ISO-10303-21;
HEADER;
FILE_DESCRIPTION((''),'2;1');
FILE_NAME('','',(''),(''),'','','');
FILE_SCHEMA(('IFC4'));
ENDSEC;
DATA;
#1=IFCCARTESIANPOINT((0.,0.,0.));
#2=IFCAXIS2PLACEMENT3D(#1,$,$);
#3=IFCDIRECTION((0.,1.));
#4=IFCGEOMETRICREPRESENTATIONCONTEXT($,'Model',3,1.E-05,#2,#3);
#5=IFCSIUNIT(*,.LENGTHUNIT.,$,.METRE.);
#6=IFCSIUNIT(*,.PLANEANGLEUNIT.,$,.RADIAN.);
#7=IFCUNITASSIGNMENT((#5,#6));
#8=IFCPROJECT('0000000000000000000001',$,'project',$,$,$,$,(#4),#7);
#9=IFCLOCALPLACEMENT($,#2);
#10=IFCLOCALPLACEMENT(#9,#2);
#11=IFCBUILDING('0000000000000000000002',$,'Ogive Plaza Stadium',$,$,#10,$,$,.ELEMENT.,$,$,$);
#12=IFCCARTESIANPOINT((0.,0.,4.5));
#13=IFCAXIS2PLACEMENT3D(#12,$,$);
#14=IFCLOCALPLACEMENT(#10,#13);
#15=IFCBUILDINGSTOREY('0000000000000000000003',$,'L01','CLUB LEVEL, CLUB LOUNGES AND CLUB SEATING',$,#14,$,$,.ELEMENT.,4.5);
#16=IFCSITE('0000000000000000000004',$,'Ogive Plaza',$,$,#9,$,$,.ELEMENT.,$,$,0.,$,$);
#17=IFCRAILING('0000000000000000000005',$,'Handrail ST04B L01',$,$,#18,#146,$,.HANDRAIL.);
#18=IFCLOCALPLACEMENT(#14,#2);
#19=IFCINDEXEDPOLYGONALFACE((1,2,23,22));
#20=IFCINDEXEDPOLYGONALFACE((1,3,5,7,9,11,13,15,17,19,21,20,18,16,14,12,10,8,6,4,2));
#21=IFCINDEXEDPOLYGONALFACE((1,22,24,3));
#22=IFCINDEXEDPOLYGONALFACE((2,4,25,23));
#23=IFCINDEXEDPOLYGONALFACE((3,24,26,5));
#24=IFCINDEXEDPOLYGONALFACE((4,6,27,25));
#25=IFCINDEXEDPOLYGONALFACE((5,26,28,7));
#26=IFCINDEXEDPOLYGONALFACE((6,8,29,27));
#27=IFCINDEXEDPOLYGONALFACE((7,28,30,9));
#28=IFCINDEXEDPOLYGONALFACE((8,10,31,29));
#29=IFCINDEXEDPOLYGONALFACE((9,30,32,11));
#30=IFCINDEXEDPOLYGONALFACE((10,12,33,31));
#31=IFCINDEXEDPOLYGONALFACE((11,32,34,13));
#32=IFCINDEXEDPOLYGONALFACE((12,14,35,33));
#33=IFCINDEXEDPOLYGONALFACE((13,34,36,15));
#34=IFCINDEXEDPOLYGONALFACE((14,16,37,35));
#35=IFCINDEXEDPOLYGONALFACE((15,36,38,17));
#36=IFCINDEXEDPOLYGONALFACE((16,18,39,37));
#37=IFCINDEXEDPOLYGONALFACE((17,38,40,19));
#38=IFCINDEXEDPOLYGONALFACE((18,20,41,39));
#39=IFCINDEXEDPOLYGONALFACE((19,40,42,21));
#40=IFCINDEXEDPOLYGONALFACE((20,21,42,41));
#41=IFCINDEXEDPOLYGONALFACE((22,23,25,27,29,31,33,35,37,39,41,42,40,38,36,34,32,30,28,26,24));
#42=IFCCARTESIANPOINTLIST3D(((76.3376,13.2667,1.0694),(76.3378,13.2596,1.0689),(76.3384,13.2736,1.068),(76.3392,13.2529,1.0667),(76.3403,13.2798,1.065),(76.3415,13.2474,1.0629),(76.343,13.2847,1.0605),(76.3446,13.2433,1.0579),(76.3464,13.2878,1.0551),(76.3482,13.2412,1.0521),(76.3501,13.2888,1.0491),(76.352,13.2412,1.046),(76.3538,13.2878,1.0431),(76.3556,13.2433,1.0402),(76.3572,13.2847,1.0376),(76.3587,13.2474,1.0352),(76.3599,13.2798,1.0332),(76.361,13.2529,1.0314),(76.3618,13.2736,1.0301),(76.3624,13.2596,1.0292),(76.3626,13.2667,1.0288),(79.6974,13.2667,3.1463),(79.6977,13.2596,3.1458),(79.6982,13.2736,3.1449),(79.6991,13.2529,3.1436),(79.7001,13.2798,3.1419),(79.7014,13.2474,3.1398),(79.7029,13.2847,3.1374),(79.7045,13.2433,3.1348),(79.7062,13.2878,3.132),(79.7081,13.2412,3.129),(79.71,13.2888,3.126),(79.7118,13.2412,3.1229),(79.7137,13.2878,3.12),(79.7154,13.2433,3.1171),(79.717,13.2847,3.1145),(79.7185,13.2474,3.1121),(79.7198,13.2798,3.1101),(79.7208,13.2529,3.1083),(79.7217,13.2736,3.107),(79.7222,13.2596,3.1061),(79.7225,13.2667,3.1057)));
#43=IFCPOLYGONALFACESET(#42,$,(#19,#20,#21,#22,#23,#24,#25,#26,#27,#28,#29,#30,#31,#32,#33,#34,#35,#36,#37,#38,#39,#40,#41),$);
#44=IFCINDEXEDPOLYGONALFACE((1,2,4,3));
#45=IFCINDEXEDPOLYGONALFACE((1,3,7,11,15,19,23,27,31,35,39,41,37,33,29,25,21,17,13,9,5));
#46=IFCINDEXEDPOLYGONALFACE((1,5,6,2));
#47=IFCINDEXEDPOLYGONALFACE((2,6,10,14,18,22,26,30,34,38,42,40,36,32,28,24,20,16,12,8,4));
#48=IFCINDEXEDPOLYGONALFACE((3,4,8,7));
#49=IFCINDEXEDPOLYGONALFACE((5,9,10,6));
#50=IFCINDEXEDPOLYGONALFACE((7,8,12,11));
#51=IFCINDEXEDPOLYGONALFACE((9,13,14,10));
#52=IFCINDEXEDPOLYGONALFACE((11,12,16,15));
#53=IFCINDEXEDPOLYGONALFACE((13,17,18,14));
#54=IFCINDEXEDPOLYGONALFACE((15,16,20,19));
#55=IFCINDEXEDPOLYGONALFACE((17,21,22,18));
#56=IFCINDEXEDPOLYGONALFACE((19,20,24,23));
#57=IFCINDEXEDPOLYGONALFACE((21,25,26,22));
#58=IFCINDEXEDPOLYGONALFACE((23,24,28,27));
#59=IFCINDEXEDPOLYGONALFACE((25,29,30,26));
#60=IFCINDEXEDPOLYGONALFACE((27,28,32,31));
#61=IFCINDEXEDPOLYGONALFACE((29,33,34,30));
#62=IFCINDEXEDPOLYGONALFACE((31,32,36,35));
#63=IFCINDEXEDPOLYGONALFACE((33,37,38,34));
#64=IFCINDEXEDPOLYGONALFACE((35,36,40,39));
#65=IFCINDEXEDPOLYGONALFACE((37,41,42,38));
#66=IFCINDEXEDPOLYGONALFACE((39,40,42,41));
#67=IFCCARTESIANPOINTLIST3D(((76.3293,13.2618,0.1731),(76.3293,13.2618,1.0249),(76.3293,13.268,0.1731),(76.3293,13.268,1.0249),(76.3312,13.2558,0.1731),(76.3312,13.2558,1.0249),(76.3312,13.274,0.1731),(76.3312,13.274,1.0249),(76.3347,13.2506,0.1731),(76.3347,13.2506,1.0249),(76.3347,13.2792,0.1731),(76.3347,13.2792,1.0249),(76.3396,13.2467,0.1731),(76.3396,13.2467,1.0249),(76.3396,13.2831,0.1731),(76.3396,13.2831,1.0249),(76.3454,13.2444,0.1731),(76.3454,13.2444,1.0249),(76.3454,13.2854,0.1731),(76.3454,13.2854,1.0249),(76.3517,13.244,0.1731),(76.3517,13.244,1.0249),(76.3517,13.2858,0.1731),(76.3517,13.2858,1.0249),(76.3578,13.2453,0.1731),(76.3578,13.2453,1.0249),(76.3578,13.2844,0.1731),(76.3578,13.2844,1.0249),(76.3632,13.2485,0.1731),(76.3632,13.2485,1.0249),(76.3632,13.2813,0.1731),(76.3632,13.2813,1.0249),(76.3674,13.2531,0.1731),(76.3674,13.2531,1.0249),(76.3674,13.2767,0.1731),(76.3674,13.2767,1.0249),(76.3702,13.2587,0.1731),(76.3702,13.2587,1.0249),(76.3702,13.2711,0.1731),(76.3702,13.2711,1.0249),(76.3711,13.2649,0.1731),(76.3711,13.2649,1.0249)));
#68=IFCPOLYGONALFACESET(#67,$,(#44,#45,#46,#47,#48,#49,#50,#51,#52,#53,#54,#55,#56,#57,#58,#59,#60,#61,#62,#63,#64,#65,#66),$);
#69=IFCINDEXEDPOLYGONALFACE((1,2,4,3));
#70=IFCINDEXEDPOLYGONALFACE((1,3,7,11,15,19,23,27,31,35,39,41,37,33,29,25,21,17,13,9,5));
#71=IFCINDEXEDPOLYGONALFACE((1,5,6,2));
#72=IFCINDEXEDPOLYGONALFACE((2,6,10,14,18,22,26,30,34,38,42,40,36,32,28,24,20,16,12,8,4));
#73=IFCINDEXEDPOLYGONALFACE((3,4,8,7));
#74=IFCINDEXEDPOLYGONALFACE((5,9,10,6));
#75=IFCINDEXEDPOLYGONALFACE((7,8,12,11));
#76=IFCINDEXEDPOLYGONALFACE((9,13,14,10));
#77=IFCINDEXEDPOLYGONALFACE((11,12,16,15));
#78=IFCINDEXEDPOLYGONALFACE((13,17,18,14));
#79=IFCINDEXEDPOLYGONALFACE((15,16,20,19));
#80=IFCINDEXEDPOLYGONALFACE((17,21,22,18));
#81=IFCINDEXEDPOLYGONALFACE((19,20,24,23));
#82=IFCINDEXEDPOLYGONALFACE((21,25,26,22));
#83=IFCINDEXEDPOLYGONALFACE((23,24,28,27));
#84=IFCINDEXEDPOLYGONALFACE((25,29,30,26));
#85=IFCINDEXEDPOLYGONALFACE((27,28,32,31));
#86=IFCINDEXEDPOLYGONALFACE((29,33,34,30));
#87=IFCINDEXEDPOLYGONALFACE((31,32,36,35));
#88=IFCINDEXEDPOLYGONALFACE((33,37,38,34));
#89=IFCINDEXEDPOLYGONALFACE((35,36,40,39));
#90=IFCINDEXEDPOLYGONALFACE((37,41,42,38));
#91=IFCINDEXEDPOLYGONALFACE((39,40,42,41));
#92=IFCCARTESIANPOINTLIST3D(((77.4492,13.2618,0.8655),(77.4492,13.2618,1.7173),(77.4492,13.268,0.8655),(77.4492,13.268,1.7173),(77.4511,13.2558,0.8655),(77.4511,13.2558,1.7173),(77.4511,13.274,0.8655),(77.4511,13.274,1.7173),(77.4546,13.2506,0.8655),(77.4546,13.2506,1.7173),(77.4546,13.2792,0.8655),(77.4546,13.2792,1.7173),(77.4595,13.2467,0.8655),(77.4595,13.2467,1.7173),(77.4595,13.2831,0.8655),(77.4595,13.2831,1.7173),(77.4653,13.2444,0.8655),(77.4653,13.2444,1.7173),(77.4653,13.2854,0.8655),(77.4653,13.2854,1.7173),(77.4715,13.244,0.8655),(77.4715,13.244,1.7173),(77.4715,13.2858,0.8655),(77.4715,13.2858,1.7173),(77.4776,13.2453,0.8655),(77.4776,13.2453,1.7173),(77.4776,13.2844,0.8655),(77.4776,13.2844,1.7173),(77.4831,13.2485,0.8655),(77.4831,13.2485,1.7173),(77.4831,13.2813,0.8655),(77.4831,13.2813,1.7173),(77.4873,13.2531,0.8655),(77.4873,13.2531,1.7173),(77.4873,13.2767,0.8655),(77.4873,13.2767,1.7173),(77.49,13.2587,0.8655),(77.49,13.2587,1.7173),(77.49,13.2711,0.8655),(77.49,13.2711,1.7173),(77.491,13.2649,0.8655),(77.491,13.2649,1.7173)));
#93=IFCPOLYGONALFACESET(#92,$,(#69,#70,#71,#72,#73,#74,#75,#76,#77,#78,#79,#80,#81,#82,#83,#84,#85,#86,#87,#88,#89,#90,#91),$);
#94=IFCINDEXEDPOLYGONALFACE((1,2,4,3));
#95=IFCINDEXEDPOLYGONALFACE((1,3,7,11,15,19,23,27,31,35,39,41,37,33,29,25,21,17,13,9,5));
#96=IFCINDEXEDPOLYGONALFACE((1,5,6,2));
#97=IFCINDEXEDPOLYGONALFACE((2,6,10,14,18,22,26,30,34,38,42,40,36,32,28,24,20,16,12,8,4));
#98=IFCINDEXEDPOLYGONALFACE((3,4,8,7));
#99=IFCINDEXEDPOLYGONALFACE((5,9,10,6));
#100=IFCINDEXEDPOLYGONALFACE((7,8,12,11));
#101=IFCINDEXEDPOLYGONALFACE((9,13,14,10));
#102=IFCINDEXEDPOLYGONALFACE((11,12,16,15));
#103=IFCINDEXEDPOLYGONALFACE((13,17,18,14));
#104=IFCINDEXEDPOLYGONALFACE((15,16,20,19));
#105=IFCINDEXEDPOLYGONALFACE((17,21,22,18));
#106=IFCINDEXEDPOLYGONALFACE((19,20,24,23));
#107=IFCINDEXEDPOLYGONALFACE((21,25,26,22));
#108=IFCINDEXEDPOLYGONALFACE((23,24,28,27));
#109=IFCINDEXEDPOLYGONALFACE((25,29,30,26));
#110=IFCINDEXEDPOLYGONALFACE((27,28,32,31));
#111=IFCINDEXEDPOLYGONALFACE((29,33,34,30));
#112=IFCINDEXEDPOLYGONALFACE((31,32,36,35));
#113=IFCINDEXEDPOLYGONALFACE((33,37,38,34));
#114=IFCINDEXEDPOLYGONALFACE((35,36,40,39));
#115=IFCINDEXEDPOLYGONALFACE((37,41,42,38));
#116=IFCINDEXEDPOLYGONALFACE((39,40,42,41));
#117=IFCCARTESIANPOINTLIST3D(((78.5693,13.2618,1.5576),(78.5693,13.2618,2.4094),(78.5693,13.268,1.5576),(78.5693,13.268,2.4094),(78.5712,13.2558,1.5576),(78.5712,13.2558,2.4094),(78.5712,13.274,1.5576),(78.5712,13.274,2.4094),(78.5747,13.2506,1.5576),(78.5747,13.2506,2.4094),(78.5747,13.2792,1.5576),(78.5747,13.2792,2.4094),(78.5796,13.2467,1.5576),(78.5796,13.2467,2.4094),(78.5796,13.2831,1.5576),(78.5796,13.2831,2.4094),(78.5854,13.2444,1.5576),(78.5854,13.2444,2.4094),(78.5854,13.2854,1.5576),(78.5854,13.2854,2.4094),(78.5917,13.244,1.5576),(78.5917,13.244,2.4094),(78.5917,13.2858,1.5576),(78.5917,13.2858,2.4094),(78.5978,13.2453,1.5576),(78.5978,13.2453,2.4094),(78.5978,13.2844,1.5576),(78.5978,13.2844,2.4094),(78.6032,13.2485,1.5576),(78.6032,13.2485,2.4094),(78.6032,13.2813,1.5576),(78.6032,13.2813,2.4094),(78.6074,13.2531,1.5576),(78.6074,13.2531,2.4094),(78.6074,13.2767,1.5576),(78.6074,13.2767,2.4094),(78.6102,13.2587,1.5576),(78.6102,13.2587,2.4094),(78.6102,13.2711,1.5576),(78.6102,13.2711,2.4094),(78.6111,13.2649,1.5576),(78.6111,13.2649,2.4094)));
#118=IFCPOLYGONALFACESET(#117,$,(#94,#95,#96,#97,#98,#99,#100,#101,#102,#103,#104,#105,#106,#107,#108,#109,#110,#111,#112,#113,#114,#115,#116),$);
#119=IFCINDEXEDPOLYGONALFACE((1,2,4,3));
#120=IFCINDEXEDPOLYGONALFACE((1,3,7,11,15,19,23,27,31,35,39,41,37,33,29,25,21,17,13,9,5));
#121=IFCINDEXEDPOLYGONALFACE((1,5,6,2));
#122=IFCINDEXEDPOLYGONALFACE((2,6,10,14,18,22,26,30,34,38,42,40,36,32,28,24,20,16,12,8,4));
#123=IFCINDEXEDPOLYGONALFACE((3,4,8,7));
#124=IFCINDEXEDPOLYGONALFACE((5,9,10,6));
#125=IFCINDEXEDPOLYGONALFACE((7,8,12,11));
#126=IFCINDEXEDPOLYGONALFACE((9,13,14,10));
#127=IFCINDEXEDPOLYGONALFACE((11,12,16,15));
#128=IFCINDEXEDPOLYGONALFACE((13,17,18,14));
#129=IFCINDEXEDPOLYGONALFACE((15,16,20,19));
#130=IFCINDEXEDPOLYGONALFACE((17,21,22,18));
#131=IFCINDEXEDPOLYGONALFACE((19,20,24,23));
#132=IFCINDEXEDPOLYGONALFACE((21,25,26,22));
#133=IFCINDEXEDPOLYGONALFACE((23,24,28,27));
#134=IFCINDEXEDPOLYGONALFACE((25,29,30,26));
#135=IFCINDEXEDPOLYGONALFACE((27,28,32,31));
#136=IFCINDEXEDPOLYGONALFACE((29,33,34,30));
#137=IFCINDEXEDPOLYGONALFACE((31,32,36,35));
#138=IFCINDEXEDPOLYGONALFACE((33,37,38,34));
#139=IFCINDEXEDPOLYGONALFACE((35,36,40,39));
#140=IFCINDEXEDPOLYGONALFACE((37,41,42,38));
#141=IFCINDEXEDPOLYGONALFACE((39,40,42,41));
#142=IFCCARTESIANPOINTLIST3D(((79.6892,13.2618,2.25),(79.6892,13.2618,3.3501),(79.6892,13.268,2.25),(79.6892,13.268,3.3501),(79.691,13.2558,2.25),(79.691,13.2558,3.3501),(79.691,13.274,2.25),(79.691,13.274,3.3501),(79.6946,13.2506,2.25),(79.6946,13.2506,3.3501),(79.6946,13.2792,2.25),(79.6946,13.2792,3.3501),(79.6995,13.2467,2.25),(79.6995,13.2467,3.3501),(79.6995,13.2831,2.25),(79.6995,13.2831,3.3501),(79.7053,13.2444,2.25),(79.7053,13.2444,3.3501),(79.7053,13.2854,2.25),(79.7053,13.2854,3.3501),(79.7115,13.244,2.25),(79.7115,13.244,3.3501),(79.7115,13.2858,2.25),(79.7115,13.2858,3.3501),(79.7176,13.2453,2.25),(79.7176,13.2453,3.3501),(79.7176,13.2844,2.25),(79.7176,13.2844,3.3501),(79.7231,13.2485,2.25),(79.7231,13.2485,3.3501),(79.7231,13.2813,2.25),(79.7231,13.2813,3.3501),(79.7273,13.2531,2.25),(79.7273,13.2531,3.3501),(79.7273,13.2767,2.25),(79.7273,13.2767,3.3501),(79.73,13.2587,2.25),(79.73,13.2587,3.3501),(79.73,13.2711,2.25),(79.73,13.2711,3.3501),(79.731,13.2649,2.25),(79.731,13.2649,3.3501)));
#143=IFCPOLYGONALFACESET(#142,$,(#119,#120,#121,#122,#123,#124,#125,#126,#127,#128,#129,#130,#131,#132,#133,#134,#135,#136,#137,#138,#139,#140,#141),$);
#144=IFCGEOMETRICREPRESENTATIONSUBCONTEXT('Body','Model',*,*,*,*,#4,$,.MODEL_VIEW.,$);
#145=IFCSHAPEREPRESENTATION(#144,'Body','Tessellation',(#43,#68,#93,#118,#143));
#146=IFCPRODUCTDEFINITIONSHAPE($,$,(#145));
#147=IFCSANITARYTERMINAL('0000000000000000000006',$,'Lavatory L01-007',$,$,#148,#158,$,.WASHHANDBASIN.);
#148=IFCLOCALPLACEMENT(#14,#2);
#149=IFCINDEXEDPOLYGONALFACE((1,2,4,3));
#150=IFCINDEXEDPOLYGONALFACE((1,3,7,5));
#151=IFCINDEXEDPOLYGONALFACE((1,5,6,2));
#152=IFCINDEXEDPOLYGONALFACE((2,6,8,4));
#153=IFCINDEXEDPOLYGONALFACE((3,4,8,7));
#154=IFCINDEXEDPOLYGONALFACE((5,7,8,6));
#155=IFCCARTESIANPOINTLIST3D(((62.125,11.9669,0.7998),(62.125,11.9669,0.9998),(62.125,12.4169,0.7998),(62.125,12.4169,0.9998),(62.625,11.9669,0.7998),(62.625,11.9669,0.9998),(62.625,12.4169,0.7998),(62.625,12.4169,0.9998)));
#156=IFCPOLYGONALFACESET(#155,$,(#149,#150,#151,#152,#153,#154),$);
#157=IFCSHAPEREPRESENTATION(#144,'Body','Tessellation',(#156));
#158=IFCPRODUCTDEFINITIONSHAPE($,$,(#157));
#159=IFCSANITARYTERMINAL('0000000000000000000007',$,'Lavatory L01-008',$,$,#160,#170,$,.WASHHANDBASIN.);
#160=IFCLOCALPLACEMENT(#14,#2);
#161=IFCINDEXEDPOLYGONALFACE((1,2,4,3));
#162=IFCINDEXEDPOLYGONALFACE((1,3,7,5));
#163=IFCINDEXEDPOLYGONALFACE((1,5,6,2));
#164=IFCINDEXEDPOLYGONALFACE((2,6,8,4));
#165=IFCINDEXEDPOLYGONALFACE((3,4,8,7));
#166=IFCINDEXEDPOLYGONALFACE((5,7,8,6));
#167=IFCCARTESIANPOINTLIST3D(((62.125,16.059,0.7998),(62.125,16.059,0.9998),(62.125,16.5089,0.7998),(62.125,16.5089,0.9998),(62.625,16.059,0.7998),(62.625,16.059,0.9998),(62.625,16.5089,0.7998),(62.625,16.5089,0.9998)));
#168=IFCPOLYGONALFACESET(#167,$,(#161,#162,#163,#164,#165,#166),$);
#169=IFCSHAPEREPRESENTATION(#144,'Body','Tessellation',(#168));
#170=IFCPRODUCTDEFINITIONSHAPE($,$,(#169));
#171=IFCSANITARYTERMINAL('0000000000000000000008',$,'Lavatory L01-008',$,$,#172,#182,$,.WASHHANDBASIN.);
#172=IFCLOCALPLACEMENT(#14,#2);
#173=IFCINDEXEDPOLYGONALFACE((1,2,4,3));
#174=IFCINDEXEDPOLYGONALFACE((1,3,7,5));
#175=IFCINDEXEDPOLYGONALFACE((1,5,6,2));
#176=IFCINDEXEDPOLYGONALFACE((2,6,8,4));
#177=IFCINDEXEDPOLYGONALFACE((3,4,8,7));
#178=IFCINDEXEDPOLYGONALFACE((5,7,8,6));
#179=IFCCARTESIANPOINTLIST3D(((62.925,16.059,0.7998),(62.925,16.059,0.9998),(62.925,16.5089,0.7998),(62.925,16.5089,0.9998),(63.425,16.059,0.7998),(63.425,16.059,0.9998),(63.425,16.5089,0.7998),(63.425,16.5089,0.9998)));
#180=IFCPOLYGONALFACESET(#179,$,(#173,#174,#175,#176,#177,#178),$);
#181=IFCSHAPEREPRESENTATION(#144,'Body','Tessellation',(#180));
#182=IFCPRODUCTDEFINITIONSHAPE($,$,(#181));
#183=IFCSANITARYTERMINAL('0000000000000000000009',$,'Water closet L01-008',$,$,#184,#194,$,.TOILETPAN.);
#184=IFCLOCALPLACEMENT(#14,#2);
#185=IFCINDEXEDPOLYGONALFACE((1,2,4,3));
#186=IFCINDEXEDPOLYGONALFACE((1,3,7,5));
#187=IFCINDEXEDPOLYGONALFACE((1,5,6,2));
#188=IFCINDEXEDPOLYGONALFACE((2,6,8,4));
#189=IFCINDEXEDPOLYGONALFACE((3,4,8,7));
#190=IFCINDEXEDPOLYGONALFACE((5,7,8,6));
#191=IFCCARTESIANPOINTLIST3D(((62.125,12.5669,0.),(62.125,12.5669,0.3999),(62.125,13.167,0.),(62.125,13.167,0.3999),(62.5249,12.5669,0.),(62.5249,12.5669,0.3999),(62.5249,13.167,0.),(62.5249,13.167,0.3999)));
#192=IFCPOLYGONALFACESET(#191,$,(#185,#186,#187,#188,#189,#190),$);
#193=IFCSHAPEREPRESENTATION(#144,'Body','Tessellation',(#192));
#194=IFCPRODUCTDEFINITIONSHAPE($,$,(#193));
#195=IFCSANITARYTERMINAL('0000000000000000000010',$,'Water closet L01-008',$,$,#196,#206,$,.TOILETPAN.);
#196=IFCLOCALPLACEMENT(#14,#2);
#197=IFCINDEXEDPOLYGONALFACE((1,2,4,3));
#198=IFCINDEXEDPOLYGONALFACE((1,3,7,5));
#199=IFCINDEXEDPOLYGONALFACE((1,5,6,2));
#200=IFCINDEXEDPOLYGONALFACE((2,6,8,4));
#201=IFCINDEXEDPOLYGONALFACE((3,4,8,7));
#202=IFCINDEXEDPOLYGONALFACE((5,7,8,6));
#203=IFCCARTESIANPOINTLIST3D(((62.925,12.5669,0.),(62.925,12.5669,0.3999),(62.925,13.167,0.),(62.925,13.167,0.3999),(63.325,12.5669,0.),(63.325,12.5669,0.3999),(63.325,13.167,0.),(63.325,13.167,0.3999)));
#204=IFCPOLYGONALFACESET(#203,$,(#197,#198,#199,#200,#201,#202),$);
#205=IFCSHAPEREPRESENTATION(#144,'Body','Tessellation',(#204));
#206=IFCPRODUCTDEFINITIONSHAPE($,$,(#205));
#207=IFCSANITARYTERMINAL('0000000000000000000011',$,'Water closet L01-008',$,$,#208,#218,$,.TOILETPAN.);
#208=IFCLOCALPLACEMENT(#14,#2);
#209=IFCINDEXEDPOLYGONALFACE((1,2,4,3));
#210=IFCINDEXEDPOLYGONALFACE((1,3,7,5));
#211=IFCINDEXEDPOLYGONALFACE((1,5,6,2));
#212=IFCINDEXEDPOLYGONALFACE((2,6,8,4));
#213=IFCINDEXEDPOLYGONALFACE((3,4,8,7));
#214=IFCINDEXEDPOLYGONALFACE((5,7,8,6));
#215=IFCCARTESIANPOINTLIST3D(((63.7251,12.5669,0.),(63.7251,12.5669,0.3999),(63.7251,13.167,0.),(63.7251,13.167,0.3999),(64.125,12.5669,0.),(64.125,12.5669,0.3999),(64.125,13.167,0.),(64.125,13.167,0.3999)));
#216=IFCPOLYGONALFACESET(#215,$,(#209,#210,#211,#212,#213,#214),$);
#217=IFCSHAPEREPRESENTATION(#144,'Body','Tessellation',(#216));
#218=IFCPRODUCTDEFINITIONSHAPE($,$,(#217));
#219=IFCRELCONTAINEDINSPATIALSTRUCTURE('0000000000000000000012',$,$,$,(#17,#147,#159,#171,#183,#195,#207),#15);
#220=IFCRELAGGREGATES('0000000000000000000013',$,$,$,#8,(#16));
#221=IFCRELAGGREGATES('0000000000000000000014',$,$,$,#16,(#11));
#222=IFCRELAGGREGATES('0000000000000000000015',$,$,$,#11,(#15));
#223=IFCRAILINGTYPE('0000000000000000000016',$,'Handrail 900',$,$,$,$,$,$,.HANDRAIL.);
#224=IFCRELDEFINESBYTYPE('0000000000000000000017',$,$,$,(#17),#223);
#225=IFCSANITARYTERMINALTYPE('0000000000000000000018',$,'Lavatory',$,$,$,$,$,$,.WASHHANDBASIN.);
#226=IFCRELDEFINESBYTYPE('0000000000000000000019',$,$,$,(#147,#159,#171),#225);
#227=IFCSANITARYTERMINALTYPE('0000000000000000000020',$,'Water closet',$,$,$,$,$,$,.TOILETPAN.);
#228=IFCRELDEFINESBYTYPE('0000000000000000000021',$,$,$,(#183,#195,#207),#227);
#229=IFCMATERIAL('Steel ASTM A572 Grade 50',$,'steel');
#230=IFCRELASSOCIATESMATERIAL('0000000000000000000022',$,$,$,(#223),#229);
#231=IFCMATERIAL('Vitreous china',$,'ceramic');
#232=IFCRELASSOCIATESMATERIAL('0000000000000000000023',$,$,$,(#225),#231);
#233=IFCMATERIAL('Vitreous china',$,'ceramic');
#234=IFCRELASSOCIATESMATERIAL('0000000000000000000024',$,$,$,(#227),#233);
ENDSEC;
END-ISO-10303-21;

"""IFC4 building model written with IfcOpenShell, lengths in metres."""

from ifc_helpers import new_model, si_unit, direction, frame, origin, origin_2d, place, context, subcontext, project, spatial, rectangle, circle, extrude, material, type_object, element, save


model = new_model("IFC4")

# Units and contexts
model_context = context("Model", 3, precision=1e-05, world=origin(), true_north=direction((0.0, 1.0)))
body_context = subcontext(model_context, "Body", "Model", "MODEL_VIEW")
ifc_project = project(units=[si_unit("LENGTHUNIT", "METRE"), si_unit("PLANEANGLEUNIT", "RADIAN")], contexts=[model_context])

# Site, building, storey
site_placement = place(None, origin())
site = spatial("IfcSite", under=ifc_project, at=site_placement, Name="Ogive Plaza", CompositionType="ELEMENT", RefElevation=0.0)
building_placement = place(site_placement, origin())
building = spatial("IfcBuilding", under=site, at=building_placement, Name="Ogive Plaza Stadium", CompositionType="ELEMENT")
storey_placement = place(building_placement, frame((0.0, 0.0, 4.5)))
storey = spatial("IfcBuildingStorey", under=building, at=storey_placement, Name="L01", Description="CLUB LEVEL, CLUB LOUNGES AND CLUB SEATING", CompositionType="ELEMENT", Elevation=4.5)

# Railing
ifc_material_1 = material(Name="Steel ASTM A572 Grade 50", Category="steel")
railing_type = type_object("IfcRailingType", Name="Handrail 900", PredefinedType="HANDRAIL", material=ifc_material_1)
railing_placement = place(storey_placement, frame((76.3501, 13.2649, 0.1731)))
element("IfcRailing", 1, at=railing_placement, inside=storey, type_object=railing_type, Name="Handrail ST04B L01", PredefinedType="HANDRAIL", context=body_context, shape_type="SweptSolid", body=[
    extrude(circle(Radius=0.0239, at=origin_2d()), frame((0.0, 0.0, 0.876), z_axis=(0.850606, 0.0, 0.525803), x_axis=(0.0, 1.0, 0.0)), (0.0, 0.0, 1.0), 3.95),
    extrude(circle(Radius=0.021, at=origin_2d()), origin(), (0.0, 0.0, 1.0), 0.8518),
    extrude(circle(Radius=0.021, at=origin_2d()), frame((1.1199, 0.0, 0.6924)), (0.0, 0.0, 1.0), 0.8518),
    extrude(circle(Radius=0.021, at=origin_2d()), frame((2.24, 0.0, 1.3845)), (0.0, 0.0, 1.0), 0.8518),
    extrude(circle(Radius=0.021, at=origin_2d()), frame((3.3599, 0.0, 2.0769)), (0.0, 0.0, 1.0), 1.1001),
])

# Sanitary terminals
ifc_material_2 = material(Name="Vitreous china", Category="ceramic")
sanitary_terminal_type_1 = type_object("IfcSanitaryTerminalType", Name="Lavatory", PredefinedType="WASHHANDBASIN", material=ifc_material_2)
for number, where, z_axis, x_axis, name in (
    (2, (62.375, 12.1919, 0.7998), (0.0, 0.0, 1.0), (1.0, 0.0, 0.0), "Lavatory L01-007"),
    (3, (62.375, 16.2839, 0.7998), (0.0, 0.0, 1.0), (1.0, 0.0, 0.0), "Lavatory L01-008"),
    (4, (63.175, 16.2839, 0.7998), (0.0, 0.0, 1.0), (1.0, 0.0, 0.0), "Lavatory L01-008"),
):
    element("IfcSanitaryTerminal", number, at=place(storey_placement, frame(where, z_axis=z_axis, x_axis=x_axis)), inside=storey, type_object=sanitary_terminal_type_1, Name=name, PredefinedType="WASHHANDBASIN", context=body_context, shape_type="SweptSolid", body=[
        extrude(rectangle(XDim=0.5, YDim=0.45, at=origin_2d()), origin(), (0.0, 0.0, 1.0), 0.2),
    ])
ifc_material_3 = material(Name="Vitreous china", Category="ceramic")
sanitary_terminal_type_2 = type_object("IfcSanitaryTerminalType", Name="Water closet", PredefinedType="TOILETPAN", material=ifc_material_3)
for number, where, z_axis, x_axis, name in (
    (5, (62.325, 12.8669, 0.0), (0.0, 0.0, 1.0), (1.0, 0.0, 0.0), "Water closet L01-008"),
    (6, (63.125, 12.8669, 0.0), (0.0, 0.0, 1.0), (1.0, 0.0, 0.0), "Water closet L01-008"),
    (7, (63.925, 12.8669, 0.0), (0.0, 0.0, 1.0), (1.0, 0.0, 0.0), "Water closet L01-008"),
):
    element("IfcSanitaryTerminal", number, at=place(storey_placement, frame(where, z_axis=z_axis, x_axis=x_axis)), inside=storey, type_object=sanitary_terminal_type_2, Name=name, PredefinedType="TOILETPAN", context=body_context, shape_type="SweptSolid", body=[
        extrude(rectangle(XDim=0.3999, YDim=0.6001, at=origin_2d()), origin(), (0.0, 0.0, 1.0), 0.3999),
    ])

save(model, "model.ifc")
